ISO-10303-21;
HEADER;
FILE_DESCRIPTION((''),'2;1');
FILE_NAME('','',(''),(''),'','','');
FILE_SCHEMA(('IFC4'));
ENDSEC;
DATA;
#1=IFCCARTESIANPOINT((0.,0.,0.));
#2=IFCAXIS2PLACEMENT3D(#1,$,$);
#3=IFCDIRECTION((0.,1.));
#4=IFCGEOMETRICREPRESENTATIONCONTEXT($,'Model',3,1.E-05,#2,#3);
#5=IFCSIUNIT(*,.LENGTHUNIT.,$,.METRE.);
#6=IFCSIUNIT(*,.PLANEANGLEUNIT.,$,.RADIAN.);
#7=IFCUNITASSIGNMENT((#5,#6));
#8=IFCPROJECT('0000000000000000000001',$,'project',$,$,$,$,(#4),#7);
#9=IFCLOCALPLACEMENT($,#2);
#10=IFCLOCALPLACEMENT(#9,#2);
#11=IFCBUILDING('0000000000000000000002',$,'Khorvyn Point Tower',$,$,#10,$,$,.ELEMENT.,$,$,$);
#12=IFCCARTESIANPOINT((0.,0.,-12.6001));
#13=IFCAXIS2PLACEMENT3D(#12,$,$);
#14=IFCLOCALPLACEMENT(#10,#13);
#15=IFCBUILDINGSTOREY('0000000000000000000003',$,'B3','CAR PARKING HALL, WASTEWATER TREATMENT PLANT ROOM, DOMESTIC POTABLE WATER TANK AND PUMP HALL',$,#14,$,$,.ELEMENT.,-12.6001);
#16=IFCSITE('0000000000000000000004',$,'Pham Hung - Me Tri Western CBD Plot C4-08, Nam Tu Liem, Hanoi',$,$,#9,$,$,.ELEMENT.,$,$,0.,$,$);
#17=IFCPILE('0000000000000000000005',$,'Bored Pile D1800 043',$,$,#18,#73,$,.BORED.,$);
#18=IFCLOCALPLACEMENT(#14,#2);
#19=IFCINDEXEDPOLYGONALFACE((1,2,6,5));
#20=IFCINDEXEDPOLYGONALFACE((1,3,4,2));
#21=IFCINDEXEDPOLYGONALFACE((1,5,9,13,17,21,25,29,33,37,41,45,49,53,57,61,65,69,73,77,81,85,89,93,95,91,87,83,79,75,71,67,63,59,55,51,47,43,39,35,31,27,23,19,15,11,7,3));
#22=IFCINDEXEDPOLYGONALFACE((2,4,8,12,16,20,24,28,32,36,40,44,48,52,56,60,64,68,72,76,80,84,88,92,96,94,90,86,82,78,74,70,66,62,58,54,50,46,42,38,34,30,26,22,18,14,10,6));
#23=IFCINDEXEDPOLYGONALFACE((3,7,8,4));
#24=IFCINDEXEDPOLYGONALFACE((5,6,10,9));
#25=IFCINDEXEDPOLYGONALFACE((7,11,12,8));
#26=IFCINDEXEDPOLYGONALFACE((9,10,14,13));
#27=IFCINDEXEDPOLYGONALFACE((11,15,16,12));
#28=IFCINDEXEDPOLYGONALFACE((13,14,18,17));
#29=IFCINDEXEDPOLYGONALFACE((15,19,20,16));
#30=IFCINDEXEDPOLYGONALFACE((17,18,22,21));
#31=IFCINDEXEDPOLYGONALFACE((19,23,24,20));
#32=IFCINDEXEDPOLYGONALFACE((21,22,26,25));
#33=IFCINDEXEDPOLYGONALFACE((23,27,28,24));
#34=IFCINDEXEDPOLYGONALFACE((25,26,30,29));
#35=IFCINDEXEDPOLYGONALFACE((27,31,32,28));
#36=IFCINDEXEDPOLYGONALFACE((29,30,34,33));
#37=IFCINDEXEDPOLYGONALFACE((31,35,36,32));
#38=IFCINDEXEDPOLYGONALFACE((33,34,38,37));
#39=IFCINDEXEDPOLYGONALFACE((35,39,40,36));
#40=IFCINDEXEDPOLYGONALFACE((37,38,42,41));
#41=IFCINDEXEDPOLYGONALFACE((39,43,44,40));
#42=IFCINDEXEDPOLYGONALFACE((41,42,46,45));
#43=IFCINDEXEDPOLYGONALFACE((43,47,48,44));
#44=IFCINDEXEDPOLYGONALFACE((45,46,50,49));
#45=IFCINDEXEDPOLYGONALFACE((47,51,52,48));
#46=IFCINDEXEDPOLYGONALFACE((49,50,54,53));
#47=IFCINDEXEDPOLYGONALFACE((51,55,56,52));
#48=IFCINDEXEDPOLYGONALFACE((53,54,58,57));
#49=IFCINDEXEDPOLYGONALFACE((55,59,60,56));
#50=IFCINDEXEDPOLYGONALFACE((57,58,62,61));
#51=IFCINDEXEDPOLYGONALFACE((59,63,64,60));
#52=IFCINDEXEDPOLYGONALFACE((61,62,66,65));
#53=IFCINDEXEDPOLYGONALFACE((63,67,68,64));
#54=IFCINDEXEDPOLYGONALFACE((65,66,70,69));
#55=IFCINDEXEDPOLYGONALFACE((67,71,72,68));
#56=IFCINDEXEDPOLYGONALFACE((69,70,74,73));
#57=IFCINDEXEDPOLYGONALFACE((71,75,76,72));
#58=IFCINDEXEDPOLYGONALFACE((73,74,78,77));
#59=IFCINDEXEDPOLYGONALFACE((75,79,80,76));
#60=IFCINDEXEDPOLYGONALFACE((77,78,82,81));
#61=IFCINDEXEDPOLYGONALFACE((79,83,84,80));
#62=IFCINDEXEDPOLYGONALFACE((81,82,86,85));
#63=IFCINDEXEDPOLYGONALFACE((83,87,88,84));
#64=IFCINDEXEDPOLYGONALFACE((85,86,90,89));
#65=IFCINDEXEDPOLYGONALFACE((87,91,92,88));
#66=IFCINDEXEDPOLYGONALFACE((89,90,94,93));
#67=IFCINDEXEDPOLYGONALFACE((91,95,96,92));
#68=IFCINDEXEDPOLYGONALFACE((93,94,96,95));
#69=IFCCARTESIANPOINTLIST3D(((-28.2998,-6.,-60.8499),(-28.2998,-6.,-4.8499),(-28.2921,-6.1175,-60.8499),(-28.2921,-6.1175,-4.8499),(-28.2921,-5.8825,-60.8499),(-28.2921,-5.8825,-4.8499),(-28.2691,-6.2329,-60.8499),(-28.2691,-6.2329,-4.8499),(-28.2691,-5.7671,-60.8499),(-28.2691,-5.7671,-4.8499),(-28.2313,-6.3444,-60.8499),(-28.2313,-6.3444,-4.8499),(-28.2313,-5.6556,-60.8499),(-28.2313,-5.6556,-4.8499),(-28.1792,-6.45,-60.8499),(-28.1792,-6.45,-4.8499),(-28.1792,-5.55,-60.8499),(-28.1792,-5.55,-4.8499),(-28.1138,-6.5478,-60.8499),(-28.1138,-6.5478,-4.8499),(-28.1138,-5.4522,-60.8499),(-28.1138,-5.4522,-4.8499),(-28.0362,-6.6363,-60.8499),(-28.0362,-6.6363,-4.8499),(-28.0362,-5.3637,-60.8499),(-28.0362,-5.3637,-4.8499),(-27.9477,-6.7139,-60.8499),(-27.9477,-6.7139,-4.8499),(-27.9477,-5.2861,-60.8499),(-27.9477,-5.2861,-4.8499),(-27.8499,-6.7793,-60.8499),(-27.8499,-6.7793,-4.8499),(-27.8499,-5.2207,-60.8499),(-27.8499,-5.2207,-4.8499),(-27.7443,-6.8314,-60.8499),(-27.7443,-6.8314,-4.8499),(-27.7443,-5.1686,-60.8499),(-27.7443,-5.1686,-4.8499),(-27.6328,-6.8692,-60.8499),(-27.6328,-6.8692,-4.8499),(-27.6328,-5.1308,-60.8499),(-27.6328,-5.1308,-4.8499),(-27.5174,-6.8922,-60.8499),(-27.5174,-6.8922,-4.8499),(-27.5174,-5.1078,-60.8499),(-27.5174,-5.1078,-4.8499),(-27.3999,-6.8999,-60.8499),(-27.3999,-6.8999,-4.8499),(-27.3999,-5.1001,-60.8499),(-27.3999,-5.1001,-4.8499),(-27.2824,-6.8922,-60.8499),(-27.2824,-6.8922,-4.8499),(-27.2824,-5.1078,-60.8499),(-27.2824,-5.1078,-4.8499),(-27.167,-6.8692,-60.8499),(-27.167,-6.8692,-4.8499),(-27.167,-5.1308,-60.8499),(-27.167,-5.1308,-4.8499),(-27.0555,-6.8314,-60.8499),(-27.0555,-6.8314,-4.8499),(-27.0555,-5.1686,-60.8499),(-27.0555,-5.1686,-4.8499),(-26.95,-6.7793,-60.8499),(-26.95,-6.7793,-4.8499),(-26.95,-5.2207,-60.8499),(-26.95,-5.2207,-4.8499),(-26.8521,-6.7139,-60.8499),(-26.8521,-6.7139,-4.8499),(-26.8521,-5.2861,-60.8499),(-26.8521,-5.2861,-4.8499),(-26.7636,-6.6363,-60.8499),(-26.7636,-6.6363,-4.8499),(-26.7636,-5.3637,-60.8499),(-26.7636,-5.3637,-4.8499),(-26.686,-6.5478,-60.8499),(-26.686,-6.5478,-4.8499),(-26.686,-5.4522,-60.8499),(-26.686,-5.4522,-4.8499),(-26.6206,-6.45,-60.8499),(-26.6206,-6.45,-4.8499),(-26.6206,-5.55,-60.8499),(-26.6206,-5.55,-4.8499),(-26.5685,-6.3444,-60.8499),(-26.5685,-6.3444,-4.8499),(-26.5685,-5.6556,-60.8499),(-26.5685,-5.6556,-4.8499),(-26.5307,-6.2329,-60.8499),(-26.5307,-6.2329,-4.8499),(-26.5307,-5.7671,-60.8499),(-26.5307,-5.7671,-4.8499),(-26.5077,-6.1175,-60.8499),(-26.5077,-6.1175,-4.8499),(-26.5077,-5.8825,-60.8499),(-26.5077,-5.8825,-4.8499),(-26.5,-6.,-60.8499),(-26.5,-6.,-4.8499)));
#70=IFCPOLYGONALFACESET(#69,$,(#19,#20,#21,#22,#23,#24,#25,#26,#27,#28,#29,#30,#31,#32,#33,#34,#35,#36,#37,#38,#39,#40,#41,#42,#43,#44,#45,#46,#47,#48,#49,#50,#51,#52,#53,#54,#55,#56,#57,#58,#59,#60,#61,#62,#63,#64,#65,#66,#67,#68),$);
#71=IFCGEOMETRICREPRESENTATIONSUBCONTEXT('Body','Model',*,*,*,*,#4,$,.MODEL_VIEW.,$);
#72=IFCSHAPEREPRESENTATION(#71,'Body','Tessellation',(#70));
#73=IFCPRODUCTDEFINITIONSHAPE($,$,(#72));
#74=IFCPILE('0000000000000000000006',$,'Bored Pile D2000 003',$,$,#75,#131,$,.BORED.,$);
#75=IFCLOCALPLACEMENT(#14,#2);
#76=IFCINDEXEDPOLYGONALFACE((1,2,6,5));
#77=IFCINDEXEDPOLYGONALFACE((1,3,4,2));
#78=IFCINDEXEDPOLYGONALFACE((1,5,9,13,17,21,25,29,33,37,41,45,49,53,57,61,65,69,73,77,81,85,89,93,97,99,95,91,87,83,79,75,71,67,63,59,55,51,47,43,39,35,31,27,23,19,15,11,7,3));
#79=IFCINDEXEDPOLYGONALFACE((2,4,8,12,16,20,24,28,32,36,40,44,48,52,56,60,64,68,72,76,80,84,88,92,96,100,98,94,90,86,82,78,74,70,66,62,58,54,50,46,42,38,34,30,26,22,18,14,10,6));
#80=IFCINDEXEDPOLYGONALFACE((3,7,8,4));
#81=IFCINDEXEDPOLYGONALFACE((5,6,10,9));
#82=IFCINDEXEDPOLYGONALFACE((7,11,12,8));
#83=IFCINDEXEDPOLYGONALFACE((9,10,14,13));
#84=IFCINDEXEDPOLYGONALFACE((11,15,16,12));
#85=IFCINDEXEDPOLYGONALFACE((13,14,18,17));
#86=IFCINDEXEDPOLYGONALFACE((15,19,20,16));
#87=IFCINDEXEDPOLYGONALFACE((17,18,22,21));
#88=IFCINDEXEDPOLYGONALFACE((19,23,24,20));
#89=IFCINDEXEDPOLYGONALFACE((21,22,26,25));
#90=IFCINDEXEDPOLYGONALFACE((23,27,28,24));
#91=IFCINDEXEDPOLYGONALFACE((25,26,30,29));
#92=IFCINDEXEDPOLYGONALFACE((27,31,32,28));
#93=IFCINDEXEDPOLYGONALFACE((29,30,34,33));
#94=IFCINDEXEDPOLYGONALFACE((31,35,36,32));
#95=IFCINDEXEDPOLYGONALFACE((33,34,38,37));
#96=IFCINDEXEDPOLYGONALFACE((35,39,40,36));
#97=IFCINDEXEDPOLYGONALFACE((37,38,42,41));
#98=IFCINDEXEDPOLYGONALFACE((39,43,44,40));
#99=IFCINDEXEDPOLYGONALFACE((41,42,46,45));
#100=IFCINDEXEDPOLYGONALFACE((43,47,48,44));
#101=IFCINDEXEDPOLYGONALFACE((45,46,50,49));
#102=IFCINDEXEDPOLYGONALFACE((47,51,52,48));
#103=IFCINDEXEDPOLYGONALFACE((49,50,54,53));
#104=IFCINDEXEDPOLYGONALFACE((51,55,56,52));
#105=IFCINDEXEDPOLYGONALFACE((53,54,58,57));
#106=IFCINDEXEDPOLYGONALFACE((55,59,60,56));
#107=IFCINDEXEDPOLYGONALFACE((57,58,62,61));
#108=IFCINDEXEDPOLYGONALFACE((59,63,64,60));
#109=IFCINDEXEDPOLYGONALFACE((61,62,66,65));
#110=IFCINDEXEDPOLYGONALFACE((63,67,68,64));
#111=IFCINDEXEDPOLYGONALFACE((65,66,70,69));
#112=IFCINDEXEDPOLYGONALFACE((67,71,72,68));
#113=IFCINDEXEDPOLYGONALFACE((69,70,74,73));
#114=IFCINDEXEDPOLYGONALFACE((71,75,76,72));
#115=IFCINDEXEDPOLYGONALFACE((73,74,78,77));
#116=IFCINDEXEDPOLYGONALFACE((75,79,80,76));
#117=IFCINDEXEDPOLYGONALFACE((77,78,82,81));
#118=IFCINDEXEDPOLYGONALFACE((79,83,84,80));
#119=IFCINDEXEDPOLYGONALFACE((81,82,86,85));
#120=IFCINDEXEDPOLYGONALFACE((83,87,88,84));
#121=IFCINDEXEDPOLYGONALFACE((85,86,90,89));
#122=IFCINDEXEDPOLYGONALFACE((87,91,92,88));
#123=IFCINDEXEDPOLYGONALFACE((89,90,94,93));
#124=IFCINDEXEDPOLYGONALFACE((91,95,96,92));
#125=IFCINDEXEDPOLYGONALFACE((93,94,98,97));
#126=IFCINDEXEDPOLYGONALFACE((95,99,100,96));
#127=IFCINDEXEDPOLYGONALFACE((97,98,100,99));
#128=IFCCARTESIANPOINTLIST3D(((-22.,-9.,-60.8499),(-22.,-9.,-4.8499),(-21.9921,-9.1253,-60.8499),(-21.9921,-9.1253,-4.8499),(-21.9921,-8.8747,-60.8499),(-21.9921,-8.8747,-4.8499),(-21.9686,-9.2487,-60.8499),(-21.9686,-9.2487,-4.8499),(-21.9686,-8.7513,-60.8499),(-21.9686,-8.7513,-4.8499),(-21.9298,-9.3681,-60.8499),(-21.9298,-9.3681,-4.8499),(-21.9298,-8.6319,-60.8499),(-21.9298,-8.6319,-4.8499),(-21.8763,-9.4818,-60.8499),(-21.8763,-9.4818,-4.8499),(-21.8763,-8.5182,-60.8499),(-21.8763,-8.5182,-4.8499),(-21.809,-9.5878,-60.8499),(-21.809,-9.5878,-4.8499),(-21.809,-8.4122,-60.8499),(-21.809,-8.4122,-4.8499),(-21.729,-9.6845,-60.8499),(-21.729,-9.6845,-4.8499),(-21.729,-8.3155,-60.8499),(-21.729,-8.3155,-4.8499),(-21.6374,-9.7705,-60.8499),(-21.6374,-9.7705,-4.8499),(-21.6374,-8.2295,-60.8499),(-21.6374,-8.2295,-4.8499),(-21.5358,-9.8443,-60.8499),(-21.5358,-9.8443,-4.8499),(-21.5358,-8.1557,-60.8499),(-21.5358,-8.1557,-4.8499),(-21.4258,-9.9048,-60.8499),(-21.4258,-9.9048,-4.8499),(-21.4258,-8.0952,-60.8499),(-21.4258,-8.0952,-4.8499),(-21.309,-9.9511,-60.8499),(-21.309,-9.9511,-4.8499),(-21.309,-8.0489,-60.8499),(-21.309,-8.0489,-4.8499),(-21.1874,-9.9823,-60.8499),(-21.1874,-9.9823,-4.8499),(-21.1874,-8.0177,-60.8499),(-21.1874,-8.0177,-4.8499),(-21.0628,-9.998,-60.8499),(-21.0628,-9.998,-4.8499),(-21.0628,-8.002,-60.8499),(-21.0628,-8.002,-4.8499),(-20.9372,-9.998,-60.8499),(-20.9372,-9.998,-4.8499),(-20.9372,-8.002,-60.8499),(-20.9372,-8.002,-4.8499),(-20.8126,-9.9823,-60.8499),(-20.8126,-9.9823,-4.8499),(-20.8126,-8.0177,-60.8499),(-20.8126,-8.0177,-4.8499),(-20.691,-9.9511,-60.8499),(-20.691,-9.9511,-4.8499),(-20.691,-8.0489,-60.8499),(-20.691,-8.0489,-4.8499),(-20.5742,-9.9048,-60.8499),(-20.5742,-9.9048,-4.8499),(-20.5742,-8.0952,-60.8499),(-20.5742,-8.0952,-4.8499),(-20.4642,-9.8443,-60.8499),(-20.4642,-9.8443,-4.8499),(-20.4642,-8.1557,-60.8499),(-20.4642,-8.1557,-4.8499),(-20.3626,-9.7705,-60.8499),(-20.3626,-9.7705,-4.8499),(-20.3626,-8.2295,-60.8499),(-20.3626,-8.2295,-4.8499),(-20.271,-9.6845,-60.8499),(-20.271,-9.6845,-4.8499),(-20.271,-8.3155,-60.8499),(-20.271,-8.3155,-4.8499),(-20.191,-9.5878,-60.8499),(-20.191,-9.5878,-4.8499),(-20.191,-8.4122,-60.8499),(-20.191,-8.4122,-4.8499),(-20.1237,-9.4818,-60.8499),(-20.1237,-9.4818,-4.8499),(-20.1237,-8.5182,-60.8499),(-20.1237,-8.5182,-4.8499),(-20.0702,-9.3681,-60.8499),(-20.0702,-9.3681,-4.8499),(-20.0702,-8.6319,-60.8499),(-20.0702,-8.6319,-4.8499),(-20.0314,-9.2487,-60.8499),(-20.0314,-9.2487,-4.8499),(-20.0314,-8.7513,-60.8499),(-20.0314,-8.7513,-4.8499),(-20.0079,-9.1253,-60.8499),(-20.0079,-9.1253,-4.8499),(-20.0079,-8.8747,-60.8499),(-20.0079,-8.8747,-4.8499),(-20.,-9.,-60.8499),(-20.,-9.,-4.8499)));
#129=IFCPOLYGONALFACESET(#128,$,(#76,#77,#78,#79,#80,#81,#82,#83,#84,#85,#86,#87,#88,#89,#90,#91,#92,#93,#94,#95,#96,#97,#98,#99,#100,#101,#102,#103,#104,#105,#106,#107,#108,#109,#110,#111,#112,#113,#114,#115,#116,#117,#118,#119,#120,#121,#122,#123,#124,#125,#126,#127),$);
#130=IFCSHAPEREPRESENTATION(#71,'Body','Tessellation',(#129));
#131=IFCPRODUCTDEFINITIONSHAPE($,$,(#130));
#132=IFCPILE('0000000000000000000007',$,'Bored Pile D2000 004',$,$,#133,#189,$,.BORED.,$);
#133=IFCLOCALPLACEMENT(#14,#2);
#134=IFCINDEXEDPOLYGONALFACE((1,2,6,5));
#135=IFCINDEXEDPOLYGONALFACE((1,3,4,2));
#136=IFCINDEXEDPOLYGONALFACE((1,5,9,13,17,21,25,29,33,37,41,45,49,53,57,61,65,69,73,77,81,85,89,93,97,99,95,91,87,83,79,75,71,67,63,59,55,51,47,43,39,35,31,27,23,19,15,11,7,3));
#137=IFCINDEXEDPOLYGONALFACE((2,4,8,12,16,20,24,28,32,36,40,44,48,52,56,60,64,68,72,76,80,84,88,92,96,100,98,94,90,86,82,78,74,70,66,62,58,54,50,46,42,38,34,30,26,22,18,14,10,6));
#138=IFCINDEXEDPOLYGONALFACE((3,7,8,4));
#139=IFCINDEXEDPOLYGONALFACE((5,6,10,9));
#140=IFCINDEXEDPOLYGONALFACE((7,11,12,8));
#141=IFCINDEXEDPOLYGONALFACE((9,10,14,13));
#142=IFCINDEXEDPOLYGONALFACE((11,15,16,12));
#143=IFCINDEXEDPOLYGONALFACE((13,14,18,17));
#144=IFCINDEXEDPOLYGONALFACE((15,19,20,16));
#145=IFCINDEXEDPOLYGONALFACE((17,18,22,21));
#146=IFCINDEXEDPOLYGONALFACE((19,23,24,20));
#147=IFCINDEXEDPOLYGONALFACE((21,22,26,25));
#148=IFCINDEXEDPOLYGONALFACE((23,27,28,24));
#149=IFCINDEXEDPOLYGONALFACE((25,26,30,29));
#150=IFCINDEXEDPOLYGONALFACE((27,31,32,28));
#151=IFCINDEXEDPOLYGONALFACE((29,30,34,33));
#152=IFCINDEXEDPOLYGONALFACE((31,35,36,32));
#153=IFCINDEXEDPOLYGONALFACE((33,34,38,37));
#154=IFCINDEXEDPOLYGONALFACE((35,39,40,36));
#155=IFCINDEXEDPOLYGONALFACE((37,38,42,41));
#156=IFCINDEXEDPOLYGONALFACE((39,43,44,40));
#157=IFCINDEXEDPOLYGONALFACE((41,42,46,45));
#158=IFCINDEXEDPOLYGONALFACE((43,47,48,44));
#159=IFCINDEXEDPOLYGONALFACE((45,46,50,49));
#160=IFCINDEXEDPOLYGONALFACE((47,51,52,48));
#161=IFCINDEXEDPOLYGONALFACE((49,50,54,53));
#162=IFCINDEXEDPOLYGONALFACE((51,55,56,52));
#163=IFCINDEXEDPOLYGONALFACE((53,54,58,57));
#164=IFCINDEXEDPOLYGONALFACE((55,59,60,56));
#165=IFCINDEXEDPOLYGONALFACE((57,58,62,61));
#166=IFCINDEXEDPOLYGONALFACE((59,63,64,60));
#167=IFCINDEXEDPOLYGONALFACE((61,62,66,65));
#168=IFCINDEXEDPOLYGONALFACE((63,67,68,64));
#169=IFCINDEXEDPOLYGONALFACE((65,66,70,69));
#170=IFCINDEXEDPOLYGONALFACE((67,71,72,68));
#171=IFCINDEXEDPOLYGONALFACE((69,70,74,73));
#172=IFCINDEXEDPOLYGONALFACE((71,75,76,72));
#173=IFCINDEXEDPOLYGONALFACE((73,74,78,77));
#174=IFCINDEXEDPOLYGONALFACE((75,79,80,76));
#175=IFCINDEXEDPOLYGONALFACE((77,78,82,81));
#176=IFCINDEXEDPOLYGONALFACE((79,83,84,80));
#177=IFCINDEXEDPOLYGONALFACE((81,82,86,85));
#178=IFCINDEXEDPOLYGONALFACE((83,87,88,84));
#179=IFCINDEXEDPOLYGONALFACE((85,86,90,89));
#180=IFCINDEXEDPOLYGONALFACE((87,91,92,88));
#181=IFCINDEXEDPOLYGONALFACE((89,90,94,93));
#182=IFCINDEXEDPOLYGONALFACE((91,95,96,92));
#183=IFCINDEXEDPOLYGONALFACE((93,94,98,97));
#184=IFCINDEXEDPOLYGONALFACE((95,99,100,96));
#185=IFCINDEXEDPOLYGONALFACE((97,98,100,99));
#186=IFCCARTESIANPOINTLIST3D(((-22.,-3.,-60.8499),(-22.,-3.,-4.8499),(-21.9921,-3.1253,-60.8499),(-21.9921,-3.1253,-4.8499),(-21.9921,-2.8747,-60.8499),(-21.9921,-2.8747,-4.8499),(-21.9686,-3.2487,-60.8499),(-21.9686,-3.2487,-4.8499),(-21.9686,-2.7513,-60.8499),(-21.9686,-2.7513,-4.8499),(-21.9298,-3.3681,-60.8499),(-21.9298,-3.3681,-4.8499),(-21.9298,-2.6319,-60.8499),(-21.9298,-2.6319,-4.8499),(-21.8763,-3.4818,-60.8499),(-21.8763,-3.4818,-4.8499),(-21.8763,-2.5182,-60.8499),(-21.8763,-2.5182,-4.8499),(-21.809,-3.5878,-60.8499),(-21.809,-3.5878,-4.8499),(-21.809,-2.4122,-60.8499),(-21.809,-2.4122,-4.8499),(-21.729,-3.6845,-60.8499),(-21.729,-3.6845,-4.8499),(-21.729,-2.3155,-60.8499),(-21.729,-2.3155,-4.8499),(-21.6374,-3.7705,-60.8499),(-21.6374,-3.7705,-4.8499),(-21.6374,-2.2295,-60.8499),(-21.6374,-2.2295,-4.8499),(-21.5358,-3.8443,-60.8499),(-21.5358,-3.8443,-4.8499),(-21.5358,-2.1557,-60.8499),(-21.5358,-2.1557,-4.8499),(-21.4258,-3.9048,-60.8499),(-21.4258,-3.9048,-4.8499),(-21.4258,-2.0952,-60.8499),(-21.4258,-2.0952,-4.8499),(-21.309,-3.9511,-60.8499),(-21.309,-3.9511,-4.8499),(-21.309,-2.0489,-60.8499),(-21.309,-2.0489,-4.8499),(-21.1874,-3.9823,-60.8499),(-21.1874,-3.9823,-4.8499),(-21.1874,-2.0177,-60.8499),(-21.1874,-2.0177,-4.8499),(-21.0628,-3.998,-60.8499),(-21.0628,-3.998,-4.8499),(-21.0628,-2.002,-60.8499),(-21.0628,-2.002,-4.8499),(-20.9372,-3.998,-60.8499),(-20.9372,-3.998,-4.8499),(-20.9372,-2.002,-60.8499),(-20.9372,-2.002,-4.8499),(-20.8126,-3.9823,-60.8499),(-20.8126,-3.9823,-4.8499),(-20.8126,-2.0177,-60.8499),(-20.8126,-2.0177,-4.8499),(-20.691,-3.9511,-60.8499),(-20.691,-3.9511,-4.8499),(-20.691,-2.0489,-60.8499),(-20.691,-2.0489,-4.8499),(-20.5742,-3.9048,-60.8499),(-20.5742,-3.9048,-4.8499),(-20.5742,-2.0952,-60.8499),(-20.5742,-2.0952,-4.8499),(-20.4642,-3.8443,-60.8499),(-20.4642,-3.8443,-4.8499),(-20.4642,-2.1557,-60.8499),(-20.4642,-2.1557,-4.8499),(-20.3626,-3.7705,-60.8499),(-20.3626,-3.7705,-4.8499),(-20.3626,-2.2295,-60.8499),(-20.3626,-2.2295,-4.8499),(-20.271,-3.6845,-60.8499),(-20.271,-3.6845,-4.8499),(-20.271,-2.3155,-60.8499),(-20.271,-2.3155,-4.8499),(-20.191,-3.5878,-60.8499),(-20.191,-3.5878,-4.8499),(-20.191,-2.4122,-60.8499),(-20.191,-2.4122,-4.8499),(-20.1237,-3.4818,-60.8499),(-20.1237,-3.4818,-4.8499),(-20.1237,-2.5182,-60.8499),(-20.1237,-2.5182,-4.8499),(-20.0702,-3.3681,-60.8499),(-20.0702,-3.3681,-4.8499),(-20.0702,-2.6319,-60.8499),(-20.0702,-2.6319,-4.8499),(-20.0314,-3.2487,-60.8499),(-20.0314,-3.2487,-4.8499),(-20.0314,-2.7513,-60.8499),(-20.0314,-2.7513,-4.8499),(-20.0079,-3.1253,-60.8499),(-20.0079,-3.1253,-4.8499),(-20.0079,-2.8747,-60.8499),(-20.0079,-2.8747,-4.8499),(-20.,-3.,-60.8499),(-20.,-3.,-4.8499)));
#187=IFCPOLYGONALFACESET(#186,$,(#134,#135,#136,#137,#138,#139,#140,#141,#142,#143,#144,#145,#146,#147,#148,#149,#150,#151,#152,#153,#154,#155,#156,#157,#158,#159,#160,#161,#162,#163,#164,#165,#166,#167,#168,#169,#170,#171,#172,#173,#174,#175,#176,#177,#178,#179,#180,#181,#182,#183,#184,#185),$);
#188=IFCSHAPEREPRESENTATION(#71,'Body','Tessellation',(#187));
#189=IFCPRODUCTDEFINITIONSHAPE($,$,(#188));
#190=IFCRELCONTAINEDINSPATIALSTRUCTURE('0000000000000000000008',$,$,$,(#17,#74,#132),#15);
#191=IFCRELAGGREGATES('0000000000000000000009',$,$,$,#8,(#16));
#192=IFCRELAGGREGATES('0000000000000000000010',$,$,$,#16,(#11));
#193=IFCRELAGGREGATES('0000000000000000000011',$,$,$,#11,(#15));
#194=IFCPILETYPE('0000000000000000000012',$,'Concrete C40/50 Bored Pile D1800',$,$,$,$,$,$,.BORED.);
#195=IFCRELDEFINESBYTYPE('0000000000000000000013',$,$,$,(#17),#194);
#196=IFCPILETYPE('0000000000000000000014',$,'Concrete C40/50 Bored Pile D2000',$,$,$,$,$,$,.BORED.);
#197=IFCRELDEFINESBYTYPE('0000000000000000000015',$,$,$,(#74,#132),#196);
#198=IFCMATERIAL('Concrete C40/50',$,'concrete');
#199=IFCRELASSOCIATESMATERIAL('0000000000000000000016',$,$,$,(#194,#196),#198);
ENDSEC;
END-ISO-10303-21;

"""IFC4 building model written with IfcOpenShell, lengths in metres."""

from ifc_helpers import new_model, si_unit, direction, frame, origin, origin_2d, place, context, subcontext, project, spatial, circle, extrude, material, material_profile, profile_set, type_object, element, save


model = new_model("IFC4")

# Units and contexts
model_context = context("Model", 3, precision=1e-05, world=origin(), true_north=direction((0.0, 1.0)))
body_context = subcontext(model_context, "Body", "Model", "MODEL_VIEW")
ifc_project = project(units=[si_unit("LENGTHUNIT", "METRE"), si_unit("PLANEANGLEUNIT", "RADIAN")], contexts=[model_context])

# Site, building, storey
site_placement = place(None, origin())
site = spatial("IfcSite", under=ifc_project, at=site_placement, Name="Pham Hung - Me Tri Western CBD Plot C4-08, Nam Tu Liem, Hanoi", CompositionType="ELEMENT", RefElevation=0.0)
building_placement = place(site_placement, origin())
building = spatial("IfcBuilding", under=site, at=building_placement, Name="Khorvyn Point Tower", CompositionType="ELEMENT")
storey_placement = place(building_placement, frame((0.0, 0.0, -12.6001)))
storey = spatial("IfcBuildingStorey", under=building, at=storey_placement, Name="B3", Description="CAR PARKING HALL, WASTEWATER TREATMENT PLANT ROOM, DOMESTIC POTABLE WATER TANK AND PUMP HALL", CompositionType="ELEMENT", Elevation=-12.6001)

# Piles
ifc_material_1 = material(Name="Concrete C40/50", Category="concrete")
ifc_material_profile_1 = material_profile(ifc_material_1, circle(Radius=0.8999, at=origin_2d()))
ifc_profile_set_1 = profile_set([ifc_material_profile_1], Name="Concrete C40/50 PILE-D1800")
pile_type_1 = type_object("IfcPileType", Name="Concrete C40/50 Bored Pile D1800", PredefinedType="BORED", material=ifc_profile_set_1)
for number, where, z_axis, x_axis, name in (
    (1, (-27.3999, -6.0, -4.8499), (0.0, 0.0, -1.0), (1.0, 0.0, 0.0), "Bored Pile D1800 043"),
):
    element("IfcPile", number, at=place(storey_placement, frame(where, z_axis=z_axis, x_axis=x_axis)), inside=storey, type_object=pile_type_1, Name=name, PredefinedType="BORED", context=body_context, shape_type="SweptSolid", body=[
        extrude(circle(Radius=0.8999, at=origin_2d()), origin(), (0.0, 0.0, 1.0), 56.0),
    ])
ifc_material_profile_2 = material_profile(ifc_material_1, circle(Radius=1.0, at=origin_2d()))
ifc_profile_set_2 = profile_set([ifc_material_profile_2], Name="Concrete C40/50 PILE-D2000")
pile_type_2 = type_object("IfcPileType", Name="Concrete C40/50 Bored Pile D2000", PredefinedType="BORED", material=ifc_profile_set_2)
for number, where, z_axis, x_axis, name in (
    (2, (-21.0, -9.0, -4.8499), (0.0, 0.0, -1.0), (1.0, 0.0, 0.0), "Bored Pile D2000 003"),
    (3, (-21.0, -3.0, -4.8499), (0.0, 0.0, -1.0), (1.0, 0.0, 0.0), "Bored Pile D2000 004"),
):
    element("IfcPile", number, at=place(storey_placement, frame(where, z_axis=z_axis, x_axis=x_axis)), inside=storey, type_object=pile_type_2, Name=name, PredefinedType="BORED", context=body_context, shape_type="SweptSolid", body=[
        extrude(circle(Radius=1.0, at=origin_2d()), origin(), (0.0, 0.0, 1.0), 56.0),
    ])

save(model, "model.ifc")
